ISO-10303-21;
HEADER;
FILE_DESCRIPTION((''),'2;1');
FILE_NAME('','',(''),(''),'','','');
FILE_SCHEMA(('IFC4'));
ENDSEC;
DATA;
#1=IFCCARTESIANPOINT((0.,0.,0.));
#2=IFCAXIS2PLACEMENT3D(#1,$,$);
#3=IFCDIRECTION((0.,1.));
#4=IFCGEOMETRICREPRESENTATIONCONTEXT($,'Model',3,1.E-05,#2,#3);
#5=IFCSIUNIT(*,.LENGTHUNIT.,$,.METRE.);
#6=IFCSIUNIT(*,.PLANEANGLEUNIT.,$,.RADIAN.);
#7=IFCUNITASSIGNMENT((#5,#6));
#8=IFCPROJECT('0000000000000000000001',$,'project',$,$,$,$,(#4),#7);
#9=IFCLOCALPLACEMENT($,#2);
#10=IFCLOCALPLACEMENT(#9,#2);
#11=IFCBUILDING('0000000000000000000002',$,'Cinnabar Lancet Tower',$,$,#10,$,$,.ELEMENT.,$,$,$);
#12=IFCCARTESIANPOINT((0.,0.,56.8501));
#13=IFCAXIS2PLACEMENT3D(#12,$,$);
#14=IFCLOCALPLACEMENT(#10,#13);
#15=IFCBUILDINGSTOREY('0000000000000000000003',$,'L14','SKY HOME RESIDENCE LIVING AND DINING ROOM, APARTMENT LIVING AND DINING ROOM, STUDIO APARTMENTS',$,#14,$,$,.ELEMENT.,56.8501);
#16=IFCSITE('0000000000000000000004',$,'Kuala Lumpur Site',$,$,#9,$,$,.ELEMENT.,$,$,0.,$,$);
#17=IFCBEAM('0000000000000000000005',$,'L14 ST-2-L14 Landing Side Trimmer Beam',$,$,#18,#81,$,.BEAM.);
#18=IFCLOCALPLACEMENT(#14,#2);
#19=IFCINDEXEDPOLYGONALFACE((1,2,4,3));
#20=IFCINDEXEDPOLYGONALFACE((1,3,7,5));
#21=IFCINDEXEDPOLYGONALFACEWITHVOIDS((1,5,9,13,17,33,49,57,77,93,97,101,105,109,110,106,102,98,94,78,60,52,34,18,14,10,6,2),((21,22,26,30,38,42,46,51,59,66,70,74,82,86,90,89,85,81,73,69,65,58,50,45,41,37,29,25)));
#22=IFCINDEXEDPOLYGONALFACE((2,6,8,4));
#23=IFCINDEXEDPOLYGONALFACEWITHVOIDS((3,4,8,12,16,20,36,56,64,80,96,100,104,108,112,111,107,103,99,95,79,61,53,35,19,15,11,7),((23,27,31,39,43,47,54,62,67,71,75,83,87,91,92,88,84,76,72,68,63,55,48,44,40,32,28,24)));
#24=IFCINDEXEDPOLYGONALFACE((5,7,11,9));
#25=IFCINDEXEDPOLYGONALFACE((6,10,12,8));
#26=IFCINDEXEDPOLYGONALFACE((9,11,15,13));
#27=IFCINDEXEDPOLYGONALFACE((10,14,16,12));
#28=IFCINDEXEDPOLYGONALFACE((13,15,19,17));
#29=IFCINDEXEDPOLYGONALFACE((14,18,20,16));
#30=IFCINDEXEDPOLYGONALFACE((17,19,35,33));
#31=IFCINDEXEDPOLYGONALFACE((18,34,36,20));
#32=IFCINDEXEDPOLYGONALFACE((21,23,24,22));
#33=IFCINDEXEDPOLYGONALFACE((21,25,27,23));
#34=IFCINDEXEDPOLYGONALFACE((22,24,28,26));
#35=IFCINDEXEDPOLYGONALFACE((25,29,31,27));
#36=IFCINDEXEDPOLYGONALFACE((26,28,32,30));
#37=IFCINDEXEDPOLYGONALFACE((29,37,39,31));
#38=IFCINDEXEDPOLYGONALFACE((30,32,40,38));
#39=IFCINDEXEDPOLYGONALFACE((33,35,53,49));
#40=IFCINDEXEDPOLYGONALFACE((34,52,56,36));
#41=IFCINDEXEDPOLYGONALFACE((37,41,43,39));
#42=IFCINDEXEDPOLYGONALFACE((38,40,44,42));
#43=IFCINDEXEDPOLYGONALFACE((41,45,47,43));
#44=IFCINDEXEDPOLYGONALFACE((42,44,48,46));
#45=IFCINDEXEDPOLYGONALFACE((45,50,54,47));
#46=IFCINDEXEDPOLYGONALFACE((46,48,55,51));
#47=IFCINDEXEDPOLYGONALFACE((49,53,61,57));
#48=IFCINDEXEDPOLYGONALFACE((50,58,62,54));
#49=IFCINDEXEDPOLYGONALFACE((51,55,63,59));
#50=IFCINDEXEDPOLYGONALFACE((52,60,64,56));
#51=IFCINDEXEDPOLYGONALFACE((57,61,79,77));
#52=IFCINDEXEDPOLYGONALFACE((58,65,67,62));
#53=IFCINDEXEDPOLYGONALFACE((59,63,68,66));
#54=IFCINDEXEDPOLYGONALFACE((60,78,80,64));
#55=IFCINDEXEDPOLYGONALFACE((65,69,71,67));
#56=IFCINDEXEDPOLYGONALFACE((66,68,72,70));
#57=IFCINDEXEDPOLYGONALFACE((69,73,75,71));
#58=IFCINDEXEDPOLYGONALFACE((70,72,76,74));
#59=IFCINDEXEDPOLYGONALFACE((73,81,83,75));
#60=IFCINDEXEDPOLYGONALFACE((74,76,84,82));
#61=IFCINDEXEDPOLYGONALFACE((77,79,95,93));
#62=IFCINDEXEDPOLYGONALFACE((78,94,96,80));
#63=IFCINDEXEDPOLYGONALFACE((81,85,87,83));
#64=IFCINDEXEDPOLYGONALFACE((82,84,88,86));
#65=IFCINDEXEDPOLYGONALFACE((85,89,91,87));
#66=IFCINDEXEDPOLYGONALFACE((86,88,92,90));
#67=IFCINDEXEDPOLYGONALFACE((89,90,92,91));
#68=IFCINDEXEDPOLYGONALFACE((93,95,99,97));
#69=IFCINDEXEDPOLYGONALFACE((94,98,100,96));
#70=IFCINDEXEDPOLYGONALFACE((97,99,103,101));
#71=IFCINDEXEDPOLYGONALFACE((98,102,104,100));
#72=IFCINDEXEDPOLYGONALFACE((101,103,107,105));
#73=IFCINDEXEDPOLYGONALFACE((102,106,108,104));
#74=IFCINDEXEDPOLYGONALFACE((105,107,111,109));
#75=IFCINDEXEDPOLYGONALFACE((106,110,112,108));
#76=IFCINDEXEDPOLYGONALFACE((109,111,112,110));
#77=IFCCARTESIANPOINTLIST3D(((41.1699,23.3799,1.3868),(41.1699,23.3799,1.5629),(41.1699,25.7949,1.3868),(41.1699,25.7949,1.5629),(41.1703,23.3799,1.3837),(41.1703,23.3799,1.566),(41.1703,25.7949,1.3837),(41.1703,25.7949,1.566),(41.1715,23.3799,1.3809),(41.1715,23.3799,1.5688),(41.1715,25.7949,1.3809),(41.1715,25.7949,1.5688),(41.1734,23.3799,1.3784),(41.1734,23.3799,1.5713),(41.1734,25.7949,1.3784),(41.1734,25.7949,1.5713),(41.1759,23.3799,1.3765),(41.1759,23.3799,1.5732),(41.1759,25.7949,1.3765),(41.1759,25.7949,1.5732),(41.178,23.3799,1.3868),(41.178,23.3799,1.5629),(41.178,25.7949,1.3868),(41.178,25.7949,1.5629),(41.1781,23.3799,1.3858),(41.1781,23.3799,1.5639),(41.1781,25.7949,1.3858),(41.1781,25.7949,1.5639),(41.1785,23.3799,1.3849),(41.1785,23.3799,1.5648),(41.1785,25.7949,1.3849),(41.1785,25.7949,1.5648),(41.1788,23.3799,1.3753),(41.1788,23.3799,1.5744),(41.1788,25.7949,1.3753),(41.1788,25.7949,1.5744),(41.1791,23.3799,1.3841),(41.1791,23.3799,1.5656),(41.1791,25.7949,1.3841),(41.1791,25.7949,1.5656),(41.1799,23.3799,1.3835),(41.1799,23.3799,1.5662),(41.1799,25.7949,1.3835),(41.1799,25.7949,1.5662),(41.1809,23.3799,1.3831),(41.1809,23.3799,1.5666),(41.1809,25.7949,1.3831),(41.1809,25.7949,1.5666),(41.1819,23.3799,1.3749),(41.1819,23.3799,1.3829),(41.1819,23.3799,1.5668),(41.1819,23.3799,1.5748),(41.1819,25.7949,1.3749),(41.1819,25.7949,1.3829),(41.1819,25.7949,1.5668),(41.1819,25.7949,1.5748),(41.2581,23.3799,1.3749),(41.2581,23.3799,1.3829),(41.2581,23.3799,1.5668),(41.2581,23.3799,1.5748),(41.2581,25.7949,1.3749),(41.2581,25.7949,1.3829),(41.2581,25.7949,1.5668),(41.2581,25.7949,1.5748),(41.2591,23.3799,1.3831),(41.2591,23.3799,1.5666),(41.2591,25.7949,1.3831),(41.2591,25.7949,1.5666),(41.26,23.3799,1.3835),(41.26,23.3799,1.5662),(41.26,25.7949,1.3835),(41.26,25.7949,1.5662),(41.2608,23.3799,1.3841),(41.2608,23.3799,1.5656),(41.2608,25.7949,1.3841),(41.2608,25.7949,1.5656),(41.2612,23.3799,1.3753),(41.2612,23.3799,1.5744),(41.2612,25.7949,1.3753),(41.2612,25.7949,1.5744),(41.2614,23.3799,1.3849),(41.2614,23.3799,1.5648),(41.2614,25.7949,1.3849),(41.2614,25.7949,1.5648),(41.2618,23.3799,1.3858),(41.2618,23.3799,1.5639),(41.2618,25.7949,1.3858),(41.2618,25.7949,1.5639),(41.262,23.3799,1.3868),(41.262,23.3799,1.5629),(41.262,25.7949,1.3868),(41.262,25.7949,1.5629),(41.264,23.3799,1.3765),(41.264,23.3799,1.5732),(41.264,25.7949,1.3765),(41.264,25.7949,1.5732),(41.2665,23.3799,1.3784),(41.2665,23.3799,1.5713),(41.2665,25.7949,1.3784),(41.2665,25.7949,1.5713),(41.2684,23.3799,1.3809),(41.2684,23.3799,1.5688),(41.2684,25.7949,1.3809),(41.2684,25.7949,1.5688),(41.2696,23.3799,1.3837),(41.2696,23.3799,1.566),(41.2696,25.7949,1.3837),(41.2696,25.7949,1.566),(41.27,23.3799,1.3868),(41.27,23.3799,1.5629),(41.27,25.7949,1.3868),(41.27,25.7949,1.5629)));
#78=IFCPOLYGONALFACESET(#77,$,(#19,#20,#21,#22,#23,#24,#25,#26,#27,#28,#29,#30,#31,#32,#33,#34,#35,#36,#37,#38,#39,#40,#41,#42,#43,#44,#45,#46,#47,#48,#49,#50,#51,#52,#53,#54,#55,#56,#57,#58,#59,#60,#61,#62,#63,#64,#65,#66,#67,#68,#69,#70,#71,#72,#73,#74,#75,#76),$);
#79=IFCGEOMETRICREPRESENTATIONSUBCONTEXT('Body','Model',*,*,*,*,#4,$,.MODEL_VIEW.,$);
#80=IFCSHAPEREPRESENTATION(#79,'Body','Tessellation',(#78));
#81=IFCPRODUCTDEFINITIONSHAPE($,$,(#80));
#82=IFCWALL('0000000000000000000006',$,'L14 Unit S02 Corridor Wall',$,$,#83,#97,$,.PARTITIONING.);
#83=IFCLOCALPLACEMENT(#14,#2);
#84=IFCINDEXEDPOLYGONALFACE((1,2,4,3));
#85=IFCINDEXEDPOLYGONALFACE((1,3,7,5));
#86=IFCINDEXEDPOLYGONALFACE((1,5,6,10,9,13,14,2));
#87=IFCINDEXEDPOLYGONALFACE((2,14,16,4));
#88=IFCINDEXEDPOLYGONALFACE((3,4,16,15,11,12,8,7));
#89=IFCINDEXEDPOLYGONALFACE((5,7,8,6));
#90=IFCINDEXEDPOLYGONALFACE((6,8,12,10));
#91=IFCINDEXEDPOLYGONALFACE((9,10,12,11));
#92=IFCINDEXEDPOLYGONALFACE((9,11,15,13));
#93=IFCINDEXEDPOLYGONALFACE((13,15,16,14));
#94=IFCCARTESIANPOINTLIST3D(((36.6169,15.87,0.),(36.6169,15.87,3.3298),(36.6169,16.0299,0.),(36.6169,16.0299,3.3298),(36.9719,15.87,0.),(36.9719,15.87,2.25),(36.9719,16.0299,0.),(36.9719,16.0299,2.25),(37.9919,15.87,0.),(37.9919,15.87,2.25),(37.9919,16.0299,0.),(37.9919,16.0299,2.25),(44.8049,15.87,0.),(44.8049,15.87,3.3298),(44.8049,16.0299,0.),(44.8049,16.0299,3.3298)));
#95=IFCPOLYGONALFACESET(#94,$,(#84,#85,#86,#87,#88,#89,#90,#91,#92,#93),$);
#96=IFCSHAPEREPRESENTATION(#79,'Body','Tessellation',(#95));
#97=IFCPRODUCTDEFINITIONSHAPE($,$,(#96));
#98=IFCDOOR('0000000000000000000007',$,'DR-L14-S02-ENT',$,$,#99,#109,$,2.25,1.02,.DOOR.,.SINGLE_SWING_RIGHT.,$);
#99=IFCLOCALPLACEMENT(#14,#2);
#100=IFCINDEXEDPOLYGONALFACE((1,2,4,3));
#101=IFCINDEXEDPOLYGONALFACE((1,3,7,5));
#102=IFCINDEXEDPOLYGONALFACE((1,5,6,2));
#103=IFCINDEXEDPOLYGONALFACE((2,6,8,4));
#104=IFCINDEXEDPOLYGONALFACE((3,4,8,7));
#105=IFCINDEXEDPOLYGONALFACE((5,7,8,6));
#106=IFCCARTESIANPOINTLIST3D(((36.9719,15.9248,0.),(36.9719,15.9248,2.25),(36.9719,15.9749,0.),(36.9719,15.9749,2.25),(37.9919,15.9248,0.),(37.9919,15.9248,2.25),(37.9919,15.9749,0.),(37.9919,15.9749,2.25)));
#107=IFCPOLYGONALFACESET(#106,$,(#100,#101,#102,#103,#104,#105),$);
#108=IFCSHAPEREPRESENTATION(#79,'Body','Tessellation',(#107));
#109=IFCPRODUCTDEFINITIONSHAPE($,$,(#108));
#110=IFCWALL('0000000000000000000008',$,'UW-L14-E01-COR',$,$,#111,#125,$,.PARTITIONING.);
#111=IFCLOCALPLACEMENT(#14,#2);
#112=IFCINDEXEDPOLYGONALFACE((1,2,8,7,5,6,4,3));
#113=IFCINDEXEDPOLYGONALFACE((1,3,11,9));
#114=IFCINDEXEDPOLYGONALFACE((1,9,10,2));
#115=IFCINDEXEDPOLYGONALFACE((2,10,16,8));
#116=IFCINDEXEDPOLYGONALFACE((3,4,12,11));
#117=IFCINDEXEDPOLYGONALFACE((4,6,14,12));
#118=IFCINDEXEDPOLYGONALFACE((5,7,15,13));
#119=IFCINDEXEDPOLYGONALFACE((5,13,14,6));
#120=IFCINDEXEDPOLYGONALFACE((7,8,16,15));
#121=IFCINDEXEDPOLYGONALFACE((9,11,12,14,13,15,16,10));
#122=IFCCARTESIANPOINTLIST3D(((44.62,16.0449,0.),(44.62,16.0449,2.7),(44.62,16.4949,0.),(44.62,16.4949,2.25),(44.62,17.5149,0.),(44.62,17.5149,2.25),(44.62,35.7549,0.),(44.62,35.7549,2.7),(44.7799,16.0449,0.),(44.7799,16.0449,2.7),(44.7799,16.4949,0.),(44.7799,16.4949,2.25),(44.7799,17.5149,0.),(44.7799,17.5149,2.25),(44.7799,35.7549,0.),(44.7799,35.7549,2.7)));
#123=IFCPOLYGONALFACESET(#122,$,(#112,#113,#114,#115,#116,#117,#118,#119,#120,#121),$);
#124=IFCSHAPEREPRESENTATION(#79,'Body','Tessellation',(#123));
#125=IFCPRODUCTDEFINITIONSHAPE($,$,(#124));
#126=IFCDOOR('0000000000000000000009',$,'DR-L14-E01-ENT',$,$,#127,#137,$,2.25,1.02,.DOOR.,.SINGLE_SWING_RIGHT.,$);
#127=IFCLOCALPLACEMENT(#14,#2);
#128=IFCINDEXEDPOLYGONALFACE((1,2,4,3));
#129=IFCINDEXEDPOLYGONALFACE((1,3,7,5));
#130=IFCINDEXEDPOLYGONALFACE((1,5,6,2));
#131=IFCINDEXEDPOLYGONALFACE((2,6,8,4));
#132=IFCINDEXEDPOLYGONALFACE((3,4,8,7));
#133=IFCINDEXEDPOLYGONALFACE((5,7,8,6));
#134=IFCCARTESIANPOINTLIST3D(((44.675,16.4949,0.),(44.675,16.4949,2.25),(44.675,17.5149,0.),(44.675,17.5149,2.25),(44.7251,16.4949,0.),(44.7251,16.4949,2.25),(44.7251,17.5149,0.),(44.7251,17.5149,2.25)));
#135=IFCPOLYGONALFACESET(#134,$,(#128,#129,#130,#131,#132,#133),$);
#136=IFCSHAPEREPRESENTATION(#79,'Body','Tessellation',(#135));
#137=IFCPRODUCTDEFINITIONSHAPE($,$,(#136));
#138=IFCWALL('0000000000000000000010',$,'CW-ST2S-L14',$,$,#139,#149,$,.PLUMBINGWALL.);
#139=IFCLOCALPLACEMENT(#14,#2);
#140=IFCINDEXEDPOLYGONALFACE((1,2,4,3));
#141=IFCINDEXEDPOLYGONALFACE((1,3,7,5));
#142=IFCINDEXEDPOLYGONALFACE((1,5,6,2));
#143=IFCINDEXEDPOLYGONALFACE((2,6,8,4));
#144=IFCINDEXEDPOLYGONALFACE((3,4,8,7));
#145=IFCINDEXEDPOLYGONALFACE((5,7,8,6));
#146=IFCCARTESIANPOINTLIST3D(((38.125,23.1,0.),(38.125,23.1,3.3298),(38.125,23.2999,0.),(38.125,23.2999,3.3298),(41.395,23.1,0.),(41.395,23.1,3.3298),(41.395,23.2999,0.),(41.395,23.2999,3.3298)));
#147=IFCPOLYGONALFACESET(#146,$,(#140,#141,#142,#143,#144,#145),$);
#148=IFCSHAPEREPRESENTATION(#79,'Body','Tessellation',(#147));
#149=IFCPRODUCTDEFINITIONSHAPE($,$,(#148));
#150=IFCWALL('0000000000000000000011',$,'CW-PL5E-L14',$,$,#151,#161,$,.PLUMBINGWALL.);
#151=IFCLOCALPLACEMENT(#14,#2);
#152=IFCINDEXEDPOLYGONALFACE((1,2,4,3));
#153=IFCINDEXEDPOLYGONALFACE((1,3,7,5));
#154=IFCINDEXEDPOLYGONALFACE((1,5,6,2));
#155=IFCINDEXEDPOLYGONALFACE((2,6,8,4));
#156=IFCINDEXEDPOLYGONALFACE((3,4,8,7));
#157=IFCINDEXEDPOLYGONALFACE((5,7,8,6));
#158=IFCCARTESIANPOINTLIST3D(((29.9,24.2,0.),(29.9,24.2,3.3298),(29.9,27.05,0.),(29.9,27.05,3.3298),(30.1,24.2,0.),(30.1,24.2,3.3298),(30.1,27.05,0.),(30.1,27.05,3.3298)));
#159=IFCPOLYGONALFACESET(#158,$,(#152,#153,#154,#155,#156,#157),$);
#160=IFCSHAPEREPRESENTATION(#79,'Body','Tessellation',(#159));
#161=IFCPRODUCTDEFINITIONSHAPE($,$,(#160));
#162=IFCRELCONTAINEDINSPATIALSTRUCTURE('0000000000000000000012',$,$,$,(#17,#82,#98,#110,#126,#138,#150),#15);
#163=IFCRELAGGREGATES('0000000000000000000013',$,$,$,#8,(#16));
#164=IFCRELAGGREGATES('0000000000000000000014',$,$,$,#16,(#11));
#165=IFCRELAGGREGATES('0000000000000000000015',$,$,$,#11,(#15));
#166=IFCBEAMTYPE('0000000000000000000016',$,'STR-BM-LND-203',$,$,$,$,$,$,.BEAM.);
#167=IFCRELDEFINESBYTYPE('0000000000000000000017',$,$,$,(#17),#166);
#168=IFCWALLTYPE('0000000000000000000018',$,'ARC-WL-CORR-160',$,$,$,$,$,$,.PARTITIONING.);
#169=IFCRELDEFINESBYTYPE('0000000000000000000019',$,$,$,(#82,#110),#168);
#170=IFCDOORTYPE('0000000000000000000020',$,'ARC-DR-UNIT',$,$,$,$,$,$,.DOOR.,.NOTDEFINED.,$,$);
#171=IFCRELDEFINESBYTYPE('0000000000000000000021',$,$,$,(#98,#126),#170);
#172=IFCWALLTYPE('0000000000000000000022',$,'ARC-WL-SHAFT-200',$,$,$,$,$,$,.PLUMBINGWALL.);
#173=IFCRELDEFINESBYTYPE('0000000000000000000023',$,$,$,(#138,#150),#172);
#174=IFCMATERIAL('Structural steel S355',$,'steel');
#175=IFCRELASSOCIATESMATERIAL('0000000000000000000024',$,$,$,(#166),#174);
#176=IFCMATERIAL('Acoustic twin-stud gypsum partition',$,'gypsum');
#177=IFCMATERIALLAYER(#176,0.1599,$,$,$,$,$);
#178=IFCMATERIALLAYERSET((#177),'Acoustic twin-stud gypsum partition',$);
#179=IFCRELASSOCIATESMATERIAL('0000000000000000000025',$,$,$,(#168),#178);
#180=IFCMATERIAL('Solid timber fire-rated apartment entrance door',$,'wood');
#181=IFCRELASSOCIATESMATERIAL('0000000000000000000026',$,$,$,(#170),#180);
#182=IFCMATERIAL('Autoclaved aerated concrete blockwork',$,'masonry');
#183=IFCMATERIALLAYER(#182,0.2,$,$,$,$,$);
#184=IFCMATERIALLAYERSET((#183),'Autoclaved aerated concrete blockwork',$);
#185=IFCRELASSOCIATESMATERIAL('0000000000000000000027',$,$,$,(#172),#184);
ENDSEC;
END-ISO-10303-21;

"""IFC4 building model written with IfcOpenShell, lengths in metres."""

from ifc_helpers import new_model, si_unit, direction, frame, frame_2d, origin, origin_2d, place, context, subcontext, project, spatial, rectangle, hollow_rectangle, extrude, material, layer, layer_set, material_profile, profile_set, type_object, element, fill, save


model = new_model("IFC4")

# Units and contexts
model_context = context("Model", 3, precision=1e-05, world=origin(), true_north=direction((0.0, 1.0)))
body_context = subcontext(model_context, "Body", "Model", "MODEL_VIEW")
ifc_project = project(units=[si_unit("LENGTHUNIT", "METRE"), si_unit("PLANEANGLEUNIT", "RADIAN")], contexts=[model_context])

# Site, building, storey
site_placement = place(None, origin())
site = spatial("IfcSite", under=ifc_project, at=site_placement, Name="Kuala Lumpur Site", CompositionType="ELEMENT", RefElevation=0.0)
building_placement = place(site_placement, origin())
building = spatial("IfcBuilding", under=site, at=building_placement, Name="Cinnabar Lancet Tower", CompositionType="ELEMENT")
storey_placement = place(building_placement, frame((0.0, 0.0, 56.8501)))
storey = spatial("IfcBuildingStorey", under=building, at=storey_placement, Name="L14", Description="SKY HOME RESIDENCE LIVING AND DINING ROOM, APARTMENT LIVING AND DINING ROOM, STUDIO APARTMENTS", CompositionType="ELEMENT", Elevation=56.8501)

# Beam
ifc_material_1 = material(Name="Structural steel S355", Category="steel")
ifc_material_profile_1 = material_profile(ifc_material_1, hollow_rectangle(XDim=0.1001, YDim=0.2, WallThickness=0.0081, InnerFilletRadius=0.0039, OuterFilletRadius=0.012, at=origin_2d()), Name="RHS 200x100x8")
ifc_profile_set_1 = profile_set([ifc_material_profile_1], Name="Structural steel S355")
beam_type = type_object("IfcBeamType", Name="STR-BM-LND-203", PredefinedType="BEAM", material=ifc_profile_set_1)
beam_placement = place(storey_placement, frame((41.22, 23.3799, 1.4749), z_axis=(0.0, 1.0, 0.0), x_axis=(-1.0, 0.0, 0.0)))
element("IfcBeam", 1, at=beam_placement, inside=storey, type_object=beam_type, Name="L14 ST-2-L14 Landing Side Trimmer Beam", PredefinedType="BEAM", context=body_context, shape_type="SweptSolid", body=[
    extrude(hollow_rectangle(XDim=0.1001, YDim=0.2, WallThickness=0.0081, InnerFilletRadius=0.0039, OuterFilletRadius=0.012, at=origin_2d()), origin(), (0.0, 0.0, 1.0), 2.415),
])

# Walls, openings, doors
ifc_material_2 = material(Name="Acoustic twin-stud gypsum partition", Category="gypsum")
ifc_layer_1 = layer(ifc_material_2, 0.1599)
ifc_layer_set_1 = layer_set([ifc_layer_1], Name="Acoustic twin-stud gypsum partition")
wall_type_1 = type_object("IfcWallType", Name="ARC-WL-CORR-160", PredefinedType="PARTITIONING", material=ifc_layer_set_1)
wall_1_placement = place(storey_placement, frame((36.6169, 15.95, 0.0), z_axis=(0.0, 0.0, 1.0), x_axis=(1.0, 0.0, 0.0)))
wall_1 = element("IfcWall", 2, at=wall_1_placement, inside=storey, type_object=wall_type_1, Name="L14 Unit S02 Corridor Wall", PredefinedType="PARTITIONING", context=body_context, shape_type="SweptSolid", body=[
    extrude(rectangle(XDim=8.188, YDim=0.1599, at=frame_2d((4.094, 0.0))), origin(), (0.0, 0.0, 1.0), 3.3298),
])
opening_1_placement = place(wall_1_placement, frame((0.355, 0.0, 0.0)))
opening_1 = element("IfcOpeningElement", 3, at=opening_1_placement, cuts=wall_1, PredefinedType="OPENING", context=body_context, shape_type="SweptSolid", body=[
    extrude(rectangle(XDim=1.02, YDim=2.25, at=frame_2d((0.51, 1.125))), frame((0.0, 0.0898, 0.0), z_axis=(0.0, -1.0, 0.0), x_axis=(1.0, 0.0, 0.0)), (0.0, 0.0, 1.0), 0.1799),
])
ifc_material_3 = material(Name="Solid timber fire-rated apartment entrance door", Category="wood")
door_type_1 = type_object("IfcDoorType", Name="ARC-DR-UNIT", OperationType="NOTDEFINED", PredefinedType="DOOR", material=ifc_material_3)
door_1_placement = place(opening_1_placement, origin())
door_1 = element("IfcDoor", 4, at=door_1_placement, inside=storey, type_object=door_type_1, Name="DR-L14-S02-ENT", OperationType="SINGLE_SWING_RIGHT", OverallHeight=2.25, OverallWidth=1.02, PredefinedType="DOOR", context=body_context, shape_type="SweptSolid", body=[
    extrude(rectangle(XDim=1.02, YDim=2.25, at=frame_2d((0.51, 1.125))), frame((0.0, 0.0249, 0.0), z_axis=(0.0, -1.0, 0.0), x_axis=(1.0, 0.0, 0.0)), (0.0, 0.0, 1.0), 0.05),
])
fill(opening_1, door_1)
wall_2_placement = place(storey_placement, frame((44.7, 16.0449, 0.0), z_axis=(0.0, 0.0, 1.0), x_axis=(0.0, 1.0, 0.0)))
wall_2 = element("IfcWall", 5, at=wall_2_placement, inside=storey, type_object=wall_type_1, Name="UW-L14-E01-COR", PredefinedType="PARTITIONING", context=body_context, shape_type="SweptSolid", body=[
    extrude(rectangle(XDim=19.71, YDim=0.1599, at=frame_2d((9.855, 0.0))), origin(), (0.0, 0.0, 1.0), 2.7),
])
opening_2_placement = place(wall_2_placement, frame((0.45, 0.0, 0.0)))
opening_2 = element("IfcOpeningElement", 6, at=opening_2_placement, cuts=wall_2, PredefinedType="OPENING", context=body_context, shape_type="SweptSolid", body=[
    extrude(rectangle(XDim=1.02, YDim=2.25, at=frame_2d((0.51, 1.125))), frame((0.0, 0.0898, 0.0), z_axis=(0.0, -1.0, 0.0), x_axis=(1.0, 0.0, 0.0)), (0.0, 0.0, 1.0), 0.1799),
])
door_2_placement = place(opening_2_placement, origin())
door_2 = element("IfcDoor", 7, at=door_2_placement, inside=storey, type_object=door_type_1, Name="DR-L14-E01-ENT", OperationType="SINGLE_SWING_RIGHT", OverallHeight=2.25, OverallWidth=1.02, PredefinedType="DOOR", context=body_context, shape_type="SweptSolid", body=[
    extrude(rectangle(XDim=1.02, YDim=2.25, at=frame_2d((0.51, 1.125))), frame((0.0, 0.0249, 0.0), z_axis=(0.0, -1.0, 0.0), x_axis=(1.0, 0.0, 0.0)), (0.0, 0.0, 1.0), 0.05),
])
fill(opening_2, door_2)

# Walls
ifc_material_4 = material(Name="Autoclaved aerated concrete blockwork", Category="masonry")
ifc_layer_2 = layer(ifc_material_4, 0.2)
ifc_layer_set_2 = layer_set([ifc_layer_2], Name="Autoclaved aerated concrete blockwork")
wall_type_2 = type_object("IfcWallType", Name="ARC-WL-SHAFT-200", PredefinedType="PLUMBINGWALL", material=ifc_layer_set_2)
wall_3_placement = place(storey_placement, frame((38.125, 23.2, 0.0), z_axis=(0.0, 0.0, 1.0), x_axis=(1.0, 0.0, 0.0)))
element("IfcWall", 8, at=wall_3_placement, inside=storey, type_object=wall_type_2, Name="CW-ST2S-L14", PredefinedType="PLUMBINGWALL", context=body_context, shape_type="SweptSolid", body=[
    extrude(rectangle(XDim=3.27, YDim=0.2, at=frame_2d((1.635, 0.0))), origin(), (0.0, 0.0, 1.0), 3.3298),
])
wall_4_placement = place(storey_placement, frame((30.0, 24.2, 0.0), z_axis=(0.0, 0.0, 1.0), x_axis=(0.0, 1.0, 0.0)))
element("IfcWall", 9, at=wall_4_placement, inside=storey, type_object=wall_type_2, Name="CW-PL5E-L14", PredefinedType="PLUMBINGWALL", context=body_context, shape_type="SweptSolid", body=[
    extrude(rectangle(XDim=2.8501, YDim=0.2, at=frame_2d((1.425, 0.0))), origin(), (0.0, 0.0, 1.0), 3.3298),
])

save(model, "model.ifc")
